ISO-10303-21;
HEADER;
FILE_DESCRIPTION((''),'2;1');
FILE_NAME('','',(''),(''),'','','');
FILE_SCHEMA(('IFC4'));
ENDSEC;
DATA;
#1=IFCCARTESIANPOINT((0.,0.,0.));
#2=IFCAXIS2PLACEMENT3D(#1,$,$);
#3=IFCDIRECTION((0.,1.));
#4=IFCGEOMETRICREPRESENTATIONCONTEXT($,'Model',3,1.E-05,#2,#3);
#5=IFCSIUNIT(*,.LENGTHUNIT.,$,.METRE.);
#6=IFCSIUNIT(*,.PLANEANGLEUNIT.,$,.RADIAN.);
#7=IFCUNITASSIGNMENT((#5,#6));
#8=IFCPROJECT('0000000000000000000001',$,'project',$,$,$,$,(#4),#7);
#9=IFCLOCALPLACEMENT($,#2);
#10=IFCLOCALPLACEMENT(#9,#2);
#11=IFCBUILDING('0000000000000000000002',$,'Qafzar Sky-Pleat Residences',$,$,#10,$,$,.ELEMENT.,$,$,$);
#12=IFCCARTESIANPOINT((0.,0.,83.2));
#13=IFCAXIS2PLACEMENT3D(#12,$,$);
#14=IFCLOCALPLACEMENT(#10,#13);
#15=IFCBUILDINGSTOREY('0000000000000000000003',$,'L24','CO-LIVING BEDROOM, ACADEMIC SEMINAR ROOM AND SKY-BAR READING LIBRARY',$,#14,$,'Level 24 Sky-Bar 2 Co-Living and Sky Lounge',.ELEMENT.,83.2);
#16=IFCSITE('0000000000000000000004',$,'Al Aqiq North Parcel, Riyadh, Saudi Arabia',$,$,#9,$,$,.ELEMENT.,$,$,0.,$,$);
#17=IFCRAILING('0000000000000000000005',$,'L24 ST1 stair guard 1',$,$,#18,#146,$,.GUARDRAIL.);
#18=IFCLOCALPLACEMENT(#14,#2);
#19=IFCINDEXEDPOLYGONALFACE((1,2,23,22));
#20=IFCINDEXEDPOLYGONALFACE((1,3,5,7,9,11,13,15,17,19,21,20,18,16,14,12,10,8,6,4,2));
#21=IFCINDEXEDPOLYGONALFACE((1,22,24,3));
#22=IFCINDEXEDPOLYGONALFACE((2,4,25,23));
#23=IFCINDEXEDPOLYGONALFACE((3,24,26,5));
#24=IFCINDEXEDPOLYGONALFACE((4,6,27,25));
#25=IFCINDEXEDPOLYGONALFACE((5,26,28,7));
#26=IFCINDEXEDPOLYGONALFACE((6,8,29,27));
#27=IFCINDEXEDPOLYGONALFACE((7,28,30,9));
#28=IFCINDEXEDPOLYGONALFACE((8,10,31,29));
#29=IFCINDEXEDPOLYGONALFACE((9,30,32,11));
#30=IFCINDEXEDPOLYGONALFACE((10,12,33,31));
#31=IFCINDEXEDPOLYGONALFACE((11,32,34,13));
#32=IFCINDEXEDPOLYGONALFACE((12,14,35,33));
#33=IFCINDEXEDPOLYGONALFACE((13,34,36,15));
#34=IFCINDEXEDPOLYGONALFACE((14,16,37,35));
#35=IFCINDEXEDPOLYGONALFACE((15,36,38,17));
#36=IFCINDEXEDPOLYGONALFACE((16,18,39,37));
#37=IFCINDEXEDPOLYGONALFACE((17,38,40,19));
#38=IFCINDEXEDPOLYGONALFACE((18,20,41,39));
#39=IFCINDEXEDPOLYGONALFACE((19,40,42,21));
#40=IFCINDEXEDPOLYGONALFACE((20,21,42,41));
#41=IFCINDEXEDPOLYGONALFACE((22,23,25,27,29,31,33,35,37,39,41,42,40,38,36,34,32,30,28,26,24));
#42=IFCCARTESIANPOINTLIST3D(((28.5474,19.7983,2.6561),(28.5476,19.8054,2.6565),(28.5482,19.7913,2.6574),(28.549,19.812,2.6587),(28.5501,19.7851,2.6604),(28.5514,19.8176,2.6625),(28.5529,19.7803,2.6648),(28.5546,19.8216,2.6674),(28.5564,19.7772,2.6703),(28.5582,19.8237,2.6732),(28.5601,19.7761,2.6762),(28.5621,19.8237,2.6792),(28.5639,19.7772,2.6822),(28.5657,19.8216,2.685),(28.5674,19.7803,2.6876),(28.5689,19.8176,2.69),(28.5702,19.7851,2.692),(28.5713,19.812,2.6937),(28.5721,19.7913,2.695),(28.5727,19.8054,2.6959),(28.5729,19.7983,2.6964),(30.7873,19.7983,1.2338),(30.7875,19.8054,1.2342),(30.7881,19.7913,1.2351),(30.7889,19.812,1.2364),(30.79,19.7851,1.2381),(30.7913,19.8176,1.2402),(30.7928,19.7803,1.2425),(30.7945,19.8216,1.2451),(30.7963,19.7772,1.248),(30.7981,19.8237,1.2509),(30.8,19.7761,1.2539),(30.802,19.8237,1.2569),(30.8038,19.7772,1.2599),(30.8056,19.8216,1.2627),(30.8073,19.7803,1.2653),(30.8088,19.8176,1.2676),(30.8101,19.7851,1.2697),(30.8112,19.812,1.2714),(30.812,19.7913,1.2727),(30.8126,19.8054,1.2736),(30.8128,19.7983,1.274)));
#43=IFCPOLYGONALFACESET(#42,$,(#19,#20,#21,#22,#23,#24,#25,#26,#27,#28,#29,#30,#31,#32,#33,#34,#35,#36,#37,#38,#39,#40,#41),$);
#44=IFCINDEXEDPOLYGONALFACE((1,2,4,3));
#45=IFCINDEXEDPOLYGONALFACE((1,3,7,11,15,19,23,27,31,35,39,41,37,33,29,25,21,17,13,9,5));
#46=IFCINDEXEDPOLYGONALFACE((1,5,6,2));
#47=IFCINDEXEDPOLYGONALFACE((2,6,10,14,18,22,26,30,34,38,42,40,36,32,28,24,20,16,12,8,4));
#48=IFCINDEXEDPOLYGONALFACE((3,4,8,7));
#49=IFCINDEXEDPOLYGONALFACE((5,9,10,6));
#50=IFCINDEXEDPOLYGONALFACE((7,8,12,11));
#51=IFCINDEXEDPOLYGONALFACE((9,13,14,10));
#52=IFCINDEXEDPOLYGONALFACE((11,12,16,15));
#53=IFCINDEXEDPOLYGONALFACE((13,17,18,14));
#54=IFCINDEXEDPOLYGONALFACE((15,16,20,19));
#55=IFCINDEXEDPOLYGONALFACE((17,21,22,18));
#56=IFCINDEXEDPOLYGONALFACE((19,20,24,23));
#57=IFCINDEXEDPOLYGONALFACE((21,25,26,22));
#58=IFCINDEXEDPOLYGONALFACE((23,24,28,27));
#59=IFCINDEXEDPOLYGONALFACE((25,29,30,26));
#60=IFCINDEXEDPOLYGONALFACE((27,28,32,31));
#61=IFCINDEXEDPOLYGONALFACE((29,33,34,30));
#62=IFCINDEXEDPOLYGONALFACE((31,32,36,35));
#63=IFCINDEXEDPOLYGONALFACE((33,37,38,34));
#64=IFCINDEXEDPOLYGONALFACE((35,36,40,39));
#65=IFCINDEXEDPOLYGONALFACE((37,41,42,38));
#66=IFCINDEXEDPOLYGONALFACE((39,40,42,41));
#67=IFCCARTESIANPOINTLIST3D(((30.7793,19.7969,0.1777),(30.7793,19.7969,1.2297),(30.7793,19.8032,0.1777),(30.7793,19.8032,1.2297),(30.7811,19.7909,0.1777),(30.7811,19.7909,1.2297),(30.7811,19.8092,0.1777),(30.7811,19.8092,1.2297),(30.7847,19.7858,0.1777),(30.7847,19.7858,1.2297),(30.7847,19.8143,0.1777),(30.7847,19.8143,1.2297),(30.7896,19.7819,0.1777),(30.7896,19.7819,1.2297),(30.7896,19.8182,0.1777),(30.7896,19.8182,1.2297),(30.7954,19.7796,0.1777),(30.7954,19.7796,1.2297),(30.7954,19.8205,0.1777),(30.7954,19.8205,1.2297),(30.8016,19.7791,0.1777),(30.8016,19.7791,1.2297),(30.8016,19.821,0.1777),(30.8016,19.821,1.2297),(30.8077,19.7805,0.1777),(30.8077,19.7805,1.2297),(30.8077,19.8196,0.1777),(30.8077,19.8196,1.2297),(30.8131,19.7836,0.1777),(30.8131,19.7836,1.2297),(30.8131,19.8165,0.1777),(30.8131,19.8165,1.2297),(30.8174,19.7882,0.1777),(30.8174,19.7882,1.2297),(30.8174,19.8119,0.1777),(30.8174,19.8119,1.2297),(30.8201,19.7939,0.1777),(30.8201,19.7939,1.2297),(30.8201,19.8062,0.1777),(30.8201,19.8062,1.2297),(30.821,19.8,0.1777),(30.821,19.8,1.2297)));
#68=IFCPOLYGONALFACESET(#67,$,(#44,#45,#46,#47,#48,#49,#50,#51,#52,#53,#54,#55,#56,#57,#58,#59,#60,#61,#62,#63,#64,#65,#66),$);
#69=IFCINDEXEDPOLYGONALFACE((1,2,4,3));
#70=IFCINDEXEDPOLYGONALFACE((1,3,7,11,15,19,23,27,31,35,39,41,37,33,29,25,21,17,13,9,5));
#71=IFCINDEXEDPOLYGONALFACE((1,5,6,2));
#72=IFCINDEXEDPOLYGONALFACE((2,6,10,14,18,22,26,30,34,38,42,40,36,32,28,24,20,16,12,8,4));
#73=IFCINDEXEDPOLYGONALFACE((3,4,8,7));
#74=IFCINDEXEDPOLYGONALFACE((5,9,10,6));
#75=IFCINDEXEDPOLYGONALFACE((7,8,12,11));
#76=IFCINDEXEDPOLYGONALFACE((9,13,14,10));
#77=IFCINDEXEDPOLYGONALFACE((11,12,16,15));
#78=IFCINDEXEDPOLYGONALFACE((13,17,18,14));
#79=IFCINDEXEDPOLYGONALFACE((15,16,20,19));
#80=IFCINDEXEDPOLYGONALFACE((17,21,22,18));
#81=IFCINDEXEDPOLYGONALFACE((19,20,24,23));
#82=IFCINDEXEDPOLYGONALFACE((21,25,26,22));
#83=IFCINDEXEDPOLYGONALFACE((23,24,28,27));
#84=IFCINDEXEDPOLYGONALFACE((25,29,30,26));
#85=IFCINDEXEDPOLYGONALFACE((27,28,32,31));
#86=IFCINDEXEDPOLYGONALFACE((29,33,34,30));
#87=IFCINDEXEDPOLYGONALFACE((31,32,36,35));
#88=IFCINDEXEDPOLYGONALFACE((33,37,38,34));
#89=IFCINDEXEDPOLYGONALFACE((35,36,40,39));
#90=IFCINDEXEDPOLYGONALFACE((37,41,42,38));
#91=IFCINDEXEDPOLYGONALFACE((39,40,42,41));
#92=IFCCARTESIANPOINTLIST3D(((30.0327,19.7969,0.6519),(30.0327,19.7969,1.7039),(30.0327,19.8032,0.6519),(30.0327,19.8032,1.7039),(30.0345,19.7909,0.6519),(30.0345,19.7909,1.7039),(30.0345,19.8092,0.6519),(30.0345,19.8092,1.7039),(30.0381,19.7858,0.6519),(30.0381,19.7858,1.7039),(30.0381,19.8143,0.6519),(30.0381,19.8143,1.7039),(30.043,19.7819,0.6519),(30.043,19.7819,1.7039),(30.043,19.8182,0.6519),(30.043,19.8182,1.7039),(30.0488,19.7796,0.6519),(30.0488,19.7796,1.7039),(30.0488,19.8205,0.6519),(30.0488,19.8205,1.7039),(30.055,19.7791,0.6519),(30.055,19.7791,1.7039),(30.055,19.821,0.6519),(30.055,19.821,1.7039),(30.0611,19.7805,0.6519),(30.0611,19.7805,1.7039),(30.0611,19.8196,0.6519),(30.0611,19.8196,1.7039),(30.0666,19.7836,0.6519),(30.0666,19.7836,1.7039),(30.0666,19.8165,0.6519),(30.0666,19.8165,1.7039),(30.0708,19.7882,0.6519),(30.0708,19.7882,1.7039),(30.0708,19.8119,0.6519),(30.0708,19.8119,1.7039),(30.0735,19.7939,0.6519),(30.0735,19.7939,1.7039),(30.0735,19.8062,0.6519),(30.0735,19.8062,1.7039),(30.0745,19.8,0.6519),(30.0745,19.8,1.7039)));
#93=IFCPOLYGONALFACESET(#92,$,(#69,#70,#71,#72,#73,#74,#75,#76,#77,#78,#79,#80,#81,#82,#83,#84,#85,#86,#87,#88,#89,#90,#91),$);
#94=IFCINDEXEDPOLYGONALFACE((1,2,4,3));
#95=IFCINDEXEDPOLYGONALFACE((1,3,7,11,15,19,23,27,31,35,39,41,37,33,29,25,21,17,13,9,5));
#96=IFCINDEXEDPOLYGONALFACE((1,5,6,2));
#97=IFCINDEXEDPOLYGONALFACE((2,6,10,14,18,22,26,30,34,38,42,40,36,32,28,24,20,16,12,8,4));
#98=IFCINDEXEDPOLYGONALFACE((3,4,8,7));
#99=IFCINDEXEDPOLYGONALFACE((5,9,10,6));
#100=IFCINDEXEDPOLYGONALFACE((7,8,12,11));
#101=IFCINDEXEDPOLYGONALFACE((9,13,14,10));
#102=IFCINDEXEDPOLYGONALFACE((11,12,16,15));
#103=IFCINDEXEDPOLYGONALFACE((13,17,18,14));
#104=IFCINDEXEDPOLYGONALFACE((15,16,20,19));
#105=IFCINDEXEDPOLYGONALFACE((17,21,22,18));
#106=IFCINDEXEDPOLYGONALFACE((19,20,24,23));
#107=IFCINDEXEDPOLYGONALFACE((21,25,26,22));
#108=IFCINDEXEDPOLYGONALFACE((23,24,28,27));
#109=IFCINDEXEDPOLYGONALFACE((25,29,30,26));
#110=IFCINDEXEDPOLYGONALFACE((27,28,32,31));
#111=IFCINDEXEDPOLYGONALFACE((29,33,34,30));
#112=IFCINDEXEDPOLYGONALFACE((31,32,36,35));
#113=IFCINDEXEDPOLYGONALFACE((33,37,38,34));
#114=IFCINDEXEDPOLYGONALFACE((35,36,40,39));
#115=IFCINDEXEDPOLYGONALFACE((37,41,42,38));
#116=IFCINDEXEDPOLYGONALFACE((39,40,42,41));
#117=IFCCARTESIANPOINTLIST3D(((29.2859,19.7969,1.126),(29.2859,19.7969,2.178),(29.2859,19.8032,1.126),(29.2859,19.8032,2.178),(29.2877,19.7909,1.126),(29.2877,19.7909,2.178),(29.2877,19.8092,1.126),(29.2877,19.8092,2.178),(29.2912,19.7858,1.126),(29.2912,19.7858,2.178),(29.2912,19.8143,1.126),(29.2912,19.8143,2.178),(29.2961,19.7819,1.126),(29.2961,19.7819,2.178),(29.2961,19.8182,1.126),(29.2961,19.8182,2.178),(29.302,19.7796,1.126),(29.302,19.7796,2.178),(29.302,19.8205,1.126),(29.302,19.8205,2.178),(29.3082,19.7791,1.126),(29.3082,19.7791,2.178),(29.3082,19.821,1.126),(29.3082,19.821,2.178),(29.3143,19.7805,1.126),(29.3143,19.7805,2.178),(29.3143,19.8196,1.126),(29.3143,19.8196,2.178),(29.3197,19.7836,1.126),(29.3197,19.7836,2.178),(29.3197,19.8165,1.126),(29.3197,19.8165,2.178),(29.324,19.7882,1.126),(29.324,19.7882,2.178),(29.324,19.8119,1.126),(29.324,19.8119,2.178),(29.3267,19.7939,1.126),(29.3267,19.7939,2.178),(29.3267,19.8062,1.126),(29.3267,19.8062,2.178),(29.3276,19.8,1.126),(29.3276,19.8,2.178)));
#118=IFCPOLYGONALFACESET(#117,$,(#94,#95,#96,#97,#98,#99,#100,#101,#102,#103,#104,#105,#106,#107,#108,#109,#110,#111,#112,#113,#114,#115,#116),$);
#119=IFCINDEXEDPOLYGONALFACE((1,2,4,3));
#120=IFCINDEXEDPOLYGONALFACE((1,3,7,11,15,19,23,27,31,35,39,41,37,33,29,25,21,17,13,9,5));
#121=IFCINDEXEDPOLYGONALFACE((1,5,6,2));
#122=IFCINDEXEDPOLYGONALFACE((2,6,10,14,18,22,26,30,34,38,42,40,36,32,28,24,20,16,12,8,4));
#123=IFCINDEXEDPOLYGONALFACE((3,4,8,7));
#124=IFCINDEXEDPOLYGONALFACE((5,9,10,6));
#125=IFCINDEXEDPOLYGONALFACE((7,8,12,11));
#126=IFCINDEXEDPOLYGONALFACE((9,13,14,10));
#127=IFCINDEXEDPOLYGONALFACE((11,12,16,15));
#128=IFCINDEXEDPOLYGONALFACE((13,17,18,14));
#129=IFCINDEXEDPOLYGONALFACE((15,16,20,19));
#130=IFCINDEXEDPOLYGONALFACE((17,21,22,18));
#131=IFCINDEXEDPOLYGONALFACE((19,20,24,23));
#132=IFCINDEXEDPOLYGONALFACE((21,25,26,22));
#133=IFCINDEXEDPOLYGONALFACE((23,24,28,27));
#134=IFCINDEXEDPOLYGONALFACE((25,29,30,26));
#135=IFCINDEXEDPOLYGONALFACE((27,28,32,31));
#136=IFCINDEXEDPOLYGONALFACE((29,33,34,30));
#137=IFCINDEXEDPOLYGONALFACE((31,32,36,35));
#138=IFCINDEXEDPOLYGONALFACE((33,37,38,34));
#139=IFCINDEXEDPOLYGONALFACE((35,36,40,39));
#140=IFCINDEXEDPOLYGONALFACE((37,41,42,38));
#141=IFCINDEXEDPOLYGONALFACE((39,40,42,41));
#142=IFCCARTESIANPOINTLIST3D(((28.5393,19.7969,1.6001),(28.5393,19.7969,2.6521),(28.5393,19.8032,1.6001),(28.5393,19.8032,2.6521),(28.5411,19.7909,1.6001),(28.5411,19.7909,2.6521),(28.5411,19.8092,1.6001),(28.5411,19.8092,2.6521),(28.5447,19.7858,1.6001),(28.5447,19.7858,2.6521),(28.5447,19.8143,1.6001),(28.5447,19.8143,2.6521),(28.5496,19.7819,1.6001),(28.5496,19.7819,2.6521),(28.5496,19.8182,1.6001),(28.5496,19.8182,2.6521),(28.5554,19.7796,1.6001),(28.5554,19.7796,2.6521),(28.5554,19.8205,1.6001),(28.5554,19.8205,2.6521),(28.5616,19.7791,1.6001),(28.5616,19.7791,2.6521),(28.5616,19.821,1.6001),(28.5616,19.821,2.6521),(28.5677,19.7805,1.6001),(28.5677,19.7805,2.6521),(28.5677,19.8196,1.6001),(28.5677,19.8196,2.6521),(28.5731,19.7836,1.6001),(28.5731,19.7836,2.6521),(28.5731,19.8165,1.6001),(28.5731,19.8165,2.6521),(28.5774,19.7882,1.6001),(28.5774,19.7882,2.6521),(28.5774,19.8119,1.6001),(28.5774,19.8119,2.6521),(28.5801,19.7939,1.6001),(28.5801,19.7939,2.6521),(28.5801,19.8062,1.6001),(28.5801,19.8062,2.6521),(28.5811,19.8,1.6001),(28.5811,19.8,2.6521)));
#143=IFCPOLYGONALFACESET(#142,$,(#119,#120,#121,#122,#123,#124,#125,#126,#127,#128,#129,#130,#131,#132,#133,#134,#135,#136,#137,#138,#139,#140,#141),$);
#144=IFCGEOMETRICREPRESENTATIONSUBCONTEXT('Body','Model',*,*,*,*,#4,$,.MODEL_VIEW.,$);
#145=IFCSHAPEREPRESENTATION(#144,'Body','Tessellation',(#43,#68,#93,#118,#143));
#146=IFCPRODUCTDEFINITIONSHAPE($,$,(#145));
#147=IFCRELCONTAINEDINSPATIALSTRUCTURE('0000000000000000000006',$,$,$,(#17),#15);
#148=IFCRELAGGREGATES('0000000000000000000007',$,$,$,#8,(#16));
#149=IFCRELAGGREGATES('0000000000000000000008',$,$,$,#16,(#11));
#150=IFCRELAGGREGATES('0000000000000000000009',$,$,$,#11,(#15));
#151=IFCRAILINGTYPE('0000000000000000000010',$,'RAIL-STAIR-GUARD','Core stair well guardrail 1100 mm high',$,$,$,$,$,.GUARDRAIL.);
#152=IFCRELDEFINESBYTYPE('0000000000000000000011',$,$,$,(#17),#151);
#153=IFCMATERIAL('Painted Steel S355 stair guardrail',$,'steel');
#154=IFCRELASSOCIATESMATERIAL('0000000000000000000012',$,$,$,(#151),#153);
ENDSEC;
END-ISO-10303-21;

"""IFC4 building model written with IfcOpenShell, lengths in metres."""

from ifc_helpers import new_model, si_unit, direction, frame, origin, origin_2d, place, context, subcontext, project, spatial, circle, extrude, source, transform, mapped, material, type_object, element, save


model = new_model("IFC4")

# Units and contexts
model_context = context("Model", 3, precision=1e-05, world=origin(), true_north=direction((0.0, 1.0)))
body_context = subcontext(model_context, "Body", "Model", "MODEL_VIEW")
ifc_project = project(units=[si_unit("LENGTHUNIT", "METRE"), si_unit("PLANEANGLEUNIT", "RADIAN")], contexts=[model_context])

# Site, building, storey
site_placement = place(None, origin())
site = spatial("IfcSite", under=ifc_project, at=site_placement, Name="Al Aqiq North Parcel, Riyadh, Saudi Arabia", CompositionType="ELEMENT", RefElevation=0.0)
building_placement = place(site_placement, origin())
building = spatial("IfcBuilding", under=site, at=building_placement, Name="Qafzar Sky-Pleat Residences", CompositionType="ELEMENT")
storey_placement = place(building_placement, frame((0.0, 0.0, 83.2)))
storey = spatial("IfcBuildingStorey", under=building, at=storey_placement, Name="L24", Description="CO-LIVING BEDROOM, ACADEMIC SEMINAR ROOM AND SKY-BAR READING LIBRARY", LongName="Level 24 Sky-Bar 2 Co-Living and Sky Lounge", CompositionType="ELEMENT", Elevation=83.2)

# Railing
ifc_material_1 = material(Name="Painted Steel S355 stair guardrail", Category="steel")
railing_type_1 = type_object("IfcRailingType", Name="RAIL-STAIR-GUARD", Description="Core stair well guardrail 1100 mm high", PredefinedType="GUARDRAIL", material=ifc_material_1)
shared_shape_1 = source(origin(), body_context, "Body", "SweptSolid", [
    extrude(circle(Radius=0.0239, at=origin_2d()), frame((0.0, 0.0, 1.0762), z_axis=(-0.844188, 0.0, 0.536048), x_axis=(0.0, -1.0, 0.0)), (0.0, 0.0, 1.0), 2.6533),
    extrude(circle(Radius=0.021, at=origin_2d()), origin(), (0.0, 0.0, 1.0), 1.052),
    extrude(circle(Radius=0.021, at=origin_2d()), frame((-0.7466, 0.0, 0.4741)), (0.0, 0.0, 1.0), 1.052),
    extrude(circle(Radius=0.021, at=origin_2d()), frame((-1.4934, 0.0, 0.9482)), (0.0, 0.0, 1.0), 1.052),
    extrude(circle(Radius=0.021, at=origin_2d()), frame((-2.24, 0.0, 1.4224)), (0.0, 0.0, 1.0), 1.052),
])
railing_1_placement = place(storey_placement, frame((30.8, 19.8, 0.1777)))
element("IfcRailing", 1, at=railing_1_placement, inside=storey, type_object=railing_type_1, Name="L24 ST1 stair guard 1", PredefinedType="GUARDRAIL", context=body_context, shape_type="MappedRepresentation", body=[
    mapped(shared_shape_1, transform((0.0, 0.0, 0.0), x_axis=(1.0, 0.0, 0.0), y_axis=(0.0, 1.0, 0.0), z_axis=(0.0, 0.0, 1.0), scale=1.0)),
])

save(model, "model.ifc")
